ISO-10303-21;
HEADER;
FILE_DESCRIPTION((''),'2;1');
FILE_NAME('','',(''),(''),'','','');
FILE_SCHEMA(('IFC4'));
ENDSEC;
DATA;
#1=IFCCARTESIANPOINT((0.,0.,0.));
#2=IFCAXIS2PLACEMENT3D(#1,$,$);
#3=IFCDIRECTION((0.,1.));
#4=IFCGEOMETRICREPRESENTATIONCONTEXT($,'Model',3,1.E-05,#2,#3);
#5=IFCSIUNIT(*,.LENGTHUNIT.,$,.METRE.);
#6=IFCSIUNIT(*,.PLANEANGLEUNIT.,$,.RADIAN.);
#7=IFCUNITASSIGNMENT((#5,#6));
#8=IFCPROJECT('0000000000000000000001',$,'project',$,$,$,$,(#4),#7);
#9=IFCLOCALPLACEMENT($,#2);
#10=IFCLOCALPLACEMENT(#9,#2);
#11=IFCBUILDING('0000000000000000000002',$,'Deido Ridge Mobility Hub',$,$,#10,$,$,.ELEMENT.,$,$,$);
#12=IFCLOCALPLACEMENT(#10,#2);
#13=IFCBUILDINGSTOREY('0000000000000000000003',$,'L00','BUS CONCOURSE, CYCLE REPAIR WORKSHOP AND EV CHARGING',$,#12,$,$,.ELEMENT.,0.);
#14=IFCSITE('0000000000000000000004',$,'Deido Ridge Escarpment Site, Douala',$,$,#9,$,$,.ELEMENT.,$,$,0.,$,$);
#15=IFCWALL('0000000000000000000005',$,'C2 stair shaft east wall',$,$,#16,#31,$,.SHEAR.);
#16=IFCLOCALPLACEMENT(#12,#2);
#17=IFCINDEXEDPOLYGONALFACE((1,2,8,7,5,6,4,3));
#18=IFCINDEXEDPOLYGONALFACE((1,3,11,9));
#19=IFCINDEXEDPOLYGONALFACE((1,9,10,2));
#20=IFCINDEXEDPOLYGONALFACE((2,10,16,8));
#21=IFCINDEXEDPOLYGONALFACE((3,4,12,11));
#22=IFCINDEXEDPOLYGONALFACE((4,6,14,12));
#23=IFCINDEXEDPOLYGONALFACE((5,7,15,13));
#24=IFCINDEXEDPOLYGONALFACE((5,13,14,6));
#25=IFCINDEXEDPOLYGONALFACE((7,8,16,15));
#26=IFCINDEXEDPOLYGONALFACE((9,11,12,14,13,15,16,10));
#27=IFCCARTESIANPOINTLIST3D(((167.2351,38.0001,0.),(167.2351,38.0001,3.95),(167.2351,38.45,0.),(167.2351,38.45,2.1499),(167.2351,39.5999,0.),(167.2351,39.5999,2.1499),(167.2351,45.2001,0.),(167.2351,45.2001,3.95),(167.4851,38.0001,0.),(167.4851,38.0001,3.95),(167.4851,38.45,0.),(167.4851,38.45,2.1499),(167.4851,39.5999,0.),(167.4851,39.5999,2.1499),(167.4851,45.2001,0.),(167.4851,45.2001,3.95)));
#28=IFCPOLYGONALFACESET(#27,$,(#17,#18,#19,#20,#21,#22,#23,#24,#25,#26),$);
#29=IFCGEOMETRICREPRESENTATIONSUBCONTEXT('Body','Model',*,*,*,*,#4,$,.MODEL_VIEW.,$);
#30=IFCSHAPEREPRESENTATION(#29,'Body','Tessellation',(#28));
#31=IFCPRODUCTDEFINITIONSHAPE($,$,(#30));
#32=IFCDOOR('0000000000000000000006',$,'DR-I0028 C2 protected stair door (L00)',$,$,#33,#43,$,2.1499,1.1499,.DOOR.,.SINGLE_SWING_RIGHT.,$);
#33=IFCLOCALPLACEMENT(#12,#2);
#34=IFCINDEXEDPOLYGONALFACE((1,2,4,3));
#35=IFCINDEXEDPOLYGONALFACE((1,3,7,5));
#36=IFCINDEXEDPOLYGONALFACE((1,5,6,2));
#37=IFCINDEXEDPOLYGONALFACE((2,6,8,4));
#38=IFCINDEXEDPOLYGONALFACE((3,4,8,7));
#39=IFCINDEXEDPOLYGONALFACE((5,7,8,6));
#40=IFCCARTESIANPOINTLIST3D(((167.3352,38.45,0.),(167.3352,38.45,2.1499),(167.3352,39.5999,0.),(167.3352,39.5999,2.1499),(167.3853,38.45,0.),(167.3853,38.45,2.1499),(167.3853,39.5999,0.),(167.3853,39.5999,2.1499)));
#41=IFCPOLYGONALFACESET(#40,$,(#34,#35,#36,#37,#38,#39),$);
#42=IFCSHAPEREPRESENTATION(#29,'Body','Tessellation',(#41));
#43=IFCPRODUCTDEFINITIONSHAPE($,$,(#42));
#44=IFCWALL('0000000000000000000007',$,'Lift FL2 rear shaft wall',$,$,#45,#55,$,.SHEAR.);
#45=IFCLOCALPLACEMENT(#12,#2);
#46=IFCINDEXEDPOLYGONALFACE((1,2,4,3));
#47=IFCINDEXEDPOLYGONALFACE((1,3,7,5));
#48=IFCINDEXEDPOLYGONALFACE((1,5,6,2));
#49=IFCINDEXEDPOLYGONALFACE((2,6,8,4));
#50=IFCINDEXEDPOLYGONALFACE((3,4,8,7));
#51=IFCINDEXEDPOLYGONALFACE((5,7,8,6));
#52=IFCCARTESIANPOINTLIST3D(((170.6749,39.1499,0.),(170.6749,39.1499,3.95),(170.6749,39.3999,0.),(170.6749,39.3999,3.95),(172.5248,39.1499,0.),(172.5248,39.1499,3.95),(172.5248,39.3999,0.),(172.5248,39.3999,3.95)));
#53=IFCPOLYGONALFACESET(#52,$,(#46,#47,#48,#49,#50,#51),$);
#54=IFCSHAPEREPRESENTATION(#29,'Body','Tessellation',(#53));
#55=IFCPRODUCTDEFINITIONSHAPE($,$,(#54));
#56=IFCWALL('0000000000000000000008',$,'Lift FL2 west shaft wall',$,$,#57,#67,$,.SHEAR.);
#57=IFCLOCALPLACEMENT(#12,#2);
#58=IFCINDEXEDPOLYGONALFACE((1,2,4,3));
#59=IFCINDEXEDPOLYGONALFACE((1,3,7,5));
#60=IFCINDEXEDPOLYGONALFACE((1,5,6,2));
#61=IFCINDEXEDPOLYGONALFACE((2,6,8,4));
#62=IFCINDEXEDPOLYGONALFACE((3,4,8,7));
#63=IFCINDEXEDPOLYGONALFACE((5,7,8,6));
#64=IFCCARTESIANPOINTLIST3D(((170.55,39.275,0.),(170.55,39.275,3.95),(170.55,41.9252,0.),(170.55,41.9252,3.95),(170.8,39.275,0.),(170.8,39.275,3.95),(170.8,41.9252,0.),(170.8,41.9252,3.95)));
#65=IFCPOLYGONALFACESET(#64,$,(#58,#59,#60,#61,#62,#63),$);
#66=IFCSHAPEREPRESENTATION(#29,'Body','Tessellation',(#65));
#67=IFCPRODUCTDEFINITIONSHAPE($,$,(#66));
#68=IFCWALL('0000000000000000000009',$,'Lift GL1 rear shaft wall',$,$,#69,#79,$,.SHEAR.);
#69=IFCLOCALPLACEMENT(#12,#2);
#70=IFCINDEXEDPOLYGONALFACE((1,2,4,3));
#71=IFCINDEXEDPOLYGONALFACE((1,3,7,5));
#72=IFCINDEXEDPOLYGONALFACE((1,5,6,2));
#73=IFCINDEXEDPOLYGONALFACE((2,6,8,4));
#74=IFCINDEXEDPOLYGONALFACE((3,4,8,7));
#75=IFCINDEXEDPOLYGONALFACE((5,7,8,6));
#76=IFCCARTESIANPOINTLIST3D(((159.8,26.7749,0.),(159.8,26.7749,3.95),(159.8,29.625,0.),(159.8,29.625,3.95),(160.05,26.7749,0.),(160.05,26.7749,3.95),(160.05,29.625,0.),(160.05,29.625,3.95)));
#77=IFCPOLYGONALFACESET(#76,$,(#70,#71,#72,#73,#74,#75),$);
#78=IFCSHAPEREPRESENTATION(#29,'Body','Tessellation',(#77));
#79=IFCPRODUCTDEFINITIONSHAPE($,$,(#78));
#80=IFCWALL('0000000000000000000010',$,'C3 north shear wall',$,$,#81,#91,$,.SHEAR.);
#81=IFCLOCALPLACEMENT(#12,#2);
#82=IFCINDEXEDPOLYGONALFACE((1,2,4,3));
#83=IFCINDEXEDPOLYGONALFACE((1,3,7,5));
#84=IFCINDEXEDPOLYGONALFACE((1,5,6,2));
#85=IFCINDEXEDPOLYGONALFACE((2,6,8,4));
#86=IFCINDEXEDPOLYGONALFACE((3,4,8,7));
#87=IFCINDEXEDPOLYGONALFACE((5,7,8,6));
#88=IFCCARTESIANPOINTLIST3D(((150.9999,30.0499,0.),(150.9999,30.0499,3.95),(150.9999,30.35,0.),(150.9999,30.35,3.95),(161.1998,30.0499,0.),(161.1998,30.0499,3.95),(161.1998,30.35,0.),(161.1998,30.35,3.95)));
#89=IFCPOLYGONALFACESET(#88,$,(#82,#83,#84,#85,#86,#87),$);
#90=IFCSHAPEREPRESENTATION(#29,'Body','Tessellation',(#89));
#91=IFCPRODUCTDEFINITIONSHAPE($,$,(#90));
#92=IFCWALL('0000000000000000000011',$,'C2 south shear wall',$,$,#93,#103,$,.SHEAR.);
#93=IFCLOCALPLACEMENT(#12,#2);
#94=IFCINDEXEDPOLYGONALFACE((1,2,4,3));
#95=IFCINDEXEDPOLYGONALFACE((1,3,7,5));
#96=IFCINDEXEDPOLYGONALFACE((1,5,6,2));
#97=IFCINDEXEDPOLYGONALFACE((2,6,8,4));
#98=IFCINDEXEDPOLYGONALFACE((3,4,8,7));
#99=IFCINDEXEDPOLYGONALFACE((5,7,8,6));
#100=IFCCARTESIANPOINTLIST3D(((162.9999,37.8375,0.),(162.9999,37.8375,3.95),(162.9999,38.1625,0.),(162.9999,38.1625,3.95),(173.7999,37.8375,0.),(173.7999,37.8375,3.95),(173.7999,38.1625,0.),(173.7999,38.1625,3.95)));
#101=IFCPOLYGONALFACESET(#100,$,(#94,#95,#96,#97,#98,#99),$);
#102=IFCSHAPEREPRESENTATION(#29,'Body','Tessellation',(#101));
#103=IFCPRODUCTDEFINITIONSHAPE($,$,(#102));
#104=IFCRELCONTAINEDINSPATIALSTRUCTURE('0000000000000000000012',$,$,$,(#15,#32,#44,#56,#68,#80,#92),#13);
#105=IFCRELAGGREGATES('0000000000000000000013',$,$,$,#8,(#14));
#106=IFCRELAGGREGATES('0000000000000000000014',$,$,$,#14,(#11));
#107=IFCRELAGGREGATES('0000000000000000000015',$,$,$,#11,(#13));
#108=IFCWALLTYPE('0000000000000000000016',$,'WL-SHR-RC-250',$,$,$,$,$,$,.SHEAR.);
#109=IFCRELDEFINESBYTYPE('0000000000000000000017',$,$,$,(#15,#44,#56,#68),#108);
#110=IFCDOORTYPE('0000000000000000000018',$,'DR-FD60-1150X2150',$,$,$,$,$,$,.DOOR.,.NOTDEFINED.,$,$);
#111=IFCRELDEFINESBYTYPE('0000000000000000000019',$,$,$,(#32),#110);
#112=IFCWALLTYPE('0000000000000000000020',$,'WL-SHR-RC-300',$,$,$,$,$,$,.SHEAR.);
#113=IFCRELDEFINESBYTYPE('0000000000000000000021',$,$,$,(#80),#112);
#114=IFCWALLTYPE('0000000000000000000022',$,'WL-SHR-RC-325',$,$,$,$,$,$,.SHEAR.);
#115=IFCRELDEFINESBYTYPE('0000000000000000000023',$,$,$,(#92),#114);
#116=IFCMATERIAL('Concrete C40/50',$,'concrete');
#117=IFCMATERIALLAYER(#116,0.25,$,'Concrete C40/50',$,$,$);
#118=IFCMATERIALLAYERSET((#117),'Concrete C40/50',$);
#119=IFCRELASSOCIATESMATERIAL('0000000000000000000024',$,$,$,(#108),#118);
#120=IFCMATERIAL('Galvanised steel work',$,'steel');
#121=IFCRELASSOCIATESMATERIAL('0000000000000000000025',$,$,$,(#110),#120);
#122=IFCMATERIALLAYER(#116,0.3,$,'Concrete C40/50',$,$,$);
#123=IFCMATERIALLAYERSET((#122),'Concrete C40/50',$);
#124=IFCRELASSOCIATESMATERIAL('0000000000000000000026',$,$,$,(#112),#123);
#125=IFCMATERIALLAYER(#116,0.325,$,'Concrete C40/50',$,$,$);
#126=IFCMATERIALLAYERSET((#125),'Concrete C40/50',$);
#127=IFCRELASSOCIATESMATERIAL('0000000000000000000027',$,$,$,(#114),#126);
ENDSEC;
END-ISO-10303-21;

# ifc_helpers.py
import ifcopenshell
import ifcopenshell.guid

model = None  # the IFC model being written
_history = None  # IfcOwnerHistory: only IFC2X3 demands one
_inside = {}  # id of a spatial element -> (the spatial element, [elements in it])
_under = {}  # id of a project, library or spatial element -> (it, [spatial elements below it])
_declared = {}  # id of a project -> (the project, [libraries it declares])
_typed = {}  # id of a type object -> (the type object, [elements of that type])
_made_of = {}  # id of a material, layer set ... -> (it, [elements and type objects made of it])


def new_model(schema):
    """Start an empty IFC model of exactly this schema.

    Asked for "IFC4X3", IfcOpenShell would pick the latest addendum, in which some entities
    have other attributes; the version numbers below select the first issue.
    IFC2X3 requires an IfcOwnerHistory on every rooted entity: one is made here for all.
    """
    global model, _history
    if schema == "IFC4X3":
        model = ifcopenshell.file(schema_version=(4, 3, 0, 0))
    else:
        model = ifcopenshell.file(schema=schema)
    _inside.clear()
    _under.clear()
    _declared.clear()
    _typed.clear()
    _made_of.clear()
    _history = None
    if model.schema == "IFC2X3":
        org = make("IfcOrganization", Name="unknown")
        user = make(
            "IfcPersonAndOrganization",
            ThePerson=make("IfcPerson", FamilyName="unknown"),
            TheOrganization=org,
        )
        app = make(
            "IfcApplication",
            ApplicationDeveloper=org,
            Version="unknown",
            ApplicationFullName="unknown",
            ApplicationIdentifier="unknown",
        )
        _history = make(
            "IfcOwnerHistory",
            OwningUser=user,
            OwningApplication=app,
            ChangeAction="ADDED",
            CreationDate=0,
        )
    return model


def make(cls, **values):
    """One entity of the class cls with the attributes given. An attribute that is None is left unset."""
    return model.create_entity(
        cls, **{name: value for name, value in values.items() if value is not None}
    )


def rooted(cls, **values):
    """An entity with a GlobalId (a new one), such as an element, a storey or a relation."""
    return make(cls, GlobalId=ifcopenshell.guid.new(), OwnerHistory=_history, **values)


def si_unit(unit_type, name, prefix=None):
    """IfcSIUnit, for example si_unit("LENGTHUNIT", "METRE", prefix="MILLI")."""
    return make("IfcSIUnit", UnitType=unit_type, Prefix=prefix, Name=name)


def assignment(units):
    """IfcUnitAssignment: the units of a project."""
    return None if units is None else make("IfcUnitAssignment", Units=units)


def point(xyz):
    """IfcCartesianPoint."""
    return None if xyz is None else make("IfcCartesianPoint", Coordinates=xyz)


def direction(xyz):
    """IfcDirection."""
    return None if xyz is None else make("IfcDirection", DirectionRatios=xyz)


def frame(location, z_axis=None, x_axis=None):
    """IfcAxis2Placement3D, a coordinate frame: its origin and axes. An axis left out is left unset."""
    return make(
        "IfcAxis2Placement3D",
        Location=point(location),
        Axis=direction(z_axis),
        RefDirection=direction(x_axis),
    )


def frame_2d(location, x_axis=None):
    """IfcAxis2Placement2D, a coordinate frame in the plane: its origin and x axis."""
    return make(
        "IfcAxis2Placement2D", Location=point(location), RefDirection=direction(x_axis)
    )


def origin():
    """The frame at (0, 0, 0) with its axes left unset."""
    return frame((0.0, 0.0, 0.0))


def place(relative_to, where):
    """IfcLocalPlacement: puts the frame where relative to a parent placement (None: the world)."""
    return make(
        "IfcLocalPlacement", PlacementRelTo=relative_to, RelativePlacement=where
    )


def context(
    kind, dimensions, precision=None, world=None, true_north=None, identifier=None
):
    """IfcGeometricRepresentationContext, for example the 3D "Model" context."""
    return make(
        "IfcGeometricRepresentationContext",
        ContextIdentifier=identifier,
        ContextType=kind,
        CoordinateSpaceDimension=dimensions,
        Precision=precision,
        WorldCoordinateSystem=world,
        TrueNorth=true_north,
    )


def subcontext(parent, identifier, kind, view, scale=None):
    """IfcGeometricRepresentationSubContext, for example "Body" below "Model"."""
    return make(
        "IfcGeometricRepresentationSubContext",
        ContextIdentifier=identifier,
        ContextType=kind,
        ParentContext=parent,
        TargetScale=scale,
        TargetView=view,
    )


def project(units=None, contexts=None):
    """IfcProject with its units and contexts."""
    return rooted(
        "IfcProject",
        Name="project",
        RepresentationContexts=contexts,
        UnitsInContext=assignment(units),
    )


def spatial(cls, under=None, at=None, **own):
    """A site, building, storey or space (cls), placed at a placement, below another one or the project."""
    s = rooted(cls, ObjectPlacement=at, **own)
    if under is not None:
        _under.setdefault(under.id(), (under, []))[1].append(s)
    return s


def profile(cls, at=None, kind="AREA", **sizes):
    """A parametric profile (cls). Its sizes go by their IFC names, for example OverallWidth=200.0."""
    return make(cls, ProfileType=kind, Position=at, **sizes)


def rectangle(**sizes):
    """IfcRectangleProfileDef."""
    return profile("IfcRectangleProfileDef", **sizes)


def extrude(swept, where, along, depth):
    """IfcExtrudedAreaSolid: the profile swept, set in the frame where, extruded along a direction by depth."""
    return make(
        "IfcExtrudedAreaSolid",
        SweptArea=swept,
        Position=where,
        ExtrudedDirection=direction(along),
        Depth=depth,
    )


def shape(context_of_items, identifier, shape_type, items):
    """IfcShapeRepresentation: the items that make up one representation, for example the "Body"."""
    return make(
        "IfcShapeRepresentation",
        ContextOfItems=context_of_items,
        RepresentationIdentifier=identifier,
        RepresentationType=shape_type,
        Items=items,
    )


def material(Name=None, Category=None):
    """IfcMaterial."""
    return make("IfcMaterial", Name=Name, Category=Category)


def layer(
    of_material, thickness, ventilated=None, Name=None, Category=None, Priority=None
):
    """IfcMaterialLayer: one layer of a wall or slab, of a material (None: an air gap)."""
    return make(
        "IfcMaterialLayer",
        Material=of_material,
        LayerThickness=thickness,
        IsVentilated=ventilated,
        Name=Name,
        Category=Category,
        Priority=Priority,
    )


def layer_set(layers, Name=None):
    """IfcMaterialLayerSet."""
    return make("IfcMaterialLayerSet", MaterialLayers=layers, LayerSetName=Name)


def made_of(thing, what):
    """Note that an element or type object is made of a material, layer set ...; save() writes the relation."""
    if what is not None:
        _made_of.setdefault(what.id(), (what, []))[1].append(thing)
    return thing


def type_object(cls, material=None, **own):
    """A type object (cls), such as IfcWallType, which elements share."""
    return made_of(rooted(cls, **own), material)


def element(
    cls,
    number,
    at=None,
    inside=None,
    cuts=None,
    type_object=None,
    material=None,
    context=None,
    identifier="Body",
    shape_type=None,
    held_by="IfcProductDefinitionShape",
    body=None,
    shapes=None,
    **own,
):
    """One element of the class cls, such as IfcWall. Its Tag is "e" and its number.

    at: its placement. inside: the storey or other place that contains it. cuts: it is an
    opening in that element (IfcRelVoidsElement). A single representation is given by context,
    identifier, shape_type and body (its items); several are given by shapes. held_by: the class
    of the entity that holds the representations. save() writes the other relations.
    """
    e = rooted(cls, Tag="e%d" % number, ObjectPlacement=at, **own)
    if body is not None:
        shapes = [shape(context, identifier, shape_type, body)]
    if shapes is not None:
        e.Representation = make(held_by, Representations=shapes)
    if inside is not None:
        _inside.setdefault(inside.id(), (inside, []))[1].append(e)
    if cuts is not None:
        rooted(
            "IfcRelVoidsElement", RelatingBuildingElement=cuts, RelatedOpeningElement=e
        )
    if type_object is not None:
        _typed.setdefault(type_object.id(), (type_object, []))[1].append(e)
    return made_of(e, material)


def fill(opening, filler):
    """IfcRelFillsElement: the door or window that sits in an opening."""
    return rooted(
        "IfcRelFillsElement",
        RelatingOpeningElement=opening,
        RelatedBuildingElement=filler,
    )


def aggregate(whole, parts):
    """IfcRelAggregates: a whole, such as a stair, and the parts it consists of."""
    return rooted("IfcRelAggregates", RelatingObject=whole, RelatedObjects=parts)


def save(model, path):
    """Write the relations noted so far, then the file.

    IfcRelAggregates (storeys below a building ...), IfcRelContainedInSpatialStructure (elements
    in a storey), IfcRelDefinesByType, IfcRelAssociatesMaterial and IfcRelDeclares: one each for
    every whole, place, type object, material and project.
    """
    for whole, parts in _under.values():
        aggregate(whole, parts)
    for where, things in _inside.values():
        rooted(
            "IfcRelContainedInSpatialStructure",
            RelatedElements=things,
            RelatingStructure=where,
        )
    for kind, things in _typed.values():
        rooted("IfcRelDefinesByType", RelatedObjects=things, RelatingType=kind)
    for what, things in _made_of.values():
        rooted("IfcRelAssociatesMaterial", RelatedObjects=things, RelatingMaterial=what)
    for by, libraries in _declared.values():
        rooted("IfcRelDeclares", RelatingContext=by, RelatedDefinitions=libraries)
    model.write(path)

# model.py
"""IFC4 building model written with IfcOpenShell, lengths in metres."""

from ifc_helpers import new_model, si_unit, direction, frame, frame_2d, origin, place, context, subcontext, project, spatial, rectangle, extrude, material, layer, layer_set, type_object, element, fill, save


model = new_model("IFC4")

# Units and contexts
model_context = context("Model", 3, precision=1e-05, world=origin(), true_north=direction((0.0, 1.0)))
body_context = subcontext(model_context, "Body", "Model", "MODEL_VIEW")
ifc_project = project(units=[si_unit("LENGTHUNIT", "METRE"), si_unit("PLANEANGLEUNIT", "RADIAN")], contexts=[model_context])

# Site, building, storey
site_placement = place(None, origin())
site = spatial("IfcSite", under=ifc_project, at=site_placement, Name="Deido Ridge Escarpment Site, Douala", CompositionType="ELEMENT", RefElevation=0.0)
building_placement = place(site_placement, origin())
building = spatial("IfcBuilding", under=site, at=building_placement, Name="Deido Ridge Mobility Hub", CompositionType="ELEMENT")
storey_placement = place(building_placement, origin())
storey = spatial("IfcBuildingStorey", under=building, at=storey_placement, Name="L00", Description="BUS CONCOURSE, CYCLE REPAIR WORKSHOP AND EV CHARGING", CompositionType="ELEMENT", Elevation=0.0)

# Wall, opening, door
ifc_material_1 = material(Name="Concrete C40/50", Category="concrete")
ifc_layer_1 = layer(ifc_material_1, 0.25, Name="Concrete C40/50")
ifc_layer_set_1 = layer_set([ifc_layer_1], Name="Concrete C40/50")
wall_type_1 = type_object("IfcWallType", Name="WL-SHR-RC-250", PredefinedType="SHEAR", material=ifc_layer_set_1)
wall_1_placement = place(storey_placement, frame((167.3601, 38.0, 0.0), z_axis=(0.0, 0.0, 1.0), x_axis=(0.0, 1.0, 0.0)))
wall_1 = element("IfcWall", 1, at=wall_1_placement, inside=storey, type_object=wall_type_1, Name="C2 stair shaft east wall", PredefinedType="SHEAR", context=body_context, shape_type="SweptSolid", body=[
    extrude(rectangle(XDim=7.2, YDim=0.25, at=frame_2d((3.6001, 0.0))), origin(), (0.0, 0.0, 1.0), 3.95),
])
opening_placement = place(wall_1_placement, frame((0.45, 0.0, 0.0)))
opening = element("IfcOpeningElement", 2, at=opening_placement, cuts=wall_1, PredefinedType="OPENING", context=body_context, shape_type="SweptSolid", body=[
    extrude(rectangle(XDim=1.1499, YDim=2.1499, at=frame_2d((0.575, 1.075))), frame((0.0, 0.135, 0.0), z_axis=(0.0, -1.0, 0.0), x_axis=(1.0, 0.0, 0.0)), (0.0, 0.0, 1.0), 0.27),
])
ifc_material_2 = material(Name="Galvanised steel work", Category="steel")
door_type = type_object("IfcDoorType", Name="DR-FD60-1150X2150", OperationType="NOTDEFINED", PredefinedType="DOOR", material=ifc_material_2)
door_placement = place(opening_placement, origin())
door = element("IfcDoor", 3, at=door_placement, inside=storey, type_object=door_type, Name="DR-I0028 C2 protected stair door (L00)", OperationType="SINGLE_SWING_RIGHT", OverallHeight=2.1499, OverallWidth=1.1499, PredefinedType="DOOR", context=body_context, shape_type="SweptSolid", body=[
    extrude(rectangle(XDim=1.1499, YDim=2.1499, at=frame_2d((0.575, 1.075))), frame((0.0, 0.0249, 0.0), z_axis=(0.0, -1.0, 0.0), x_axis=(1.0, 0.0, 0.0)), (0.0, 0.0, 1.0), 0.05),
])
fill(opening, door)

# Walls
wall_2_placement = place(storey_placement, frame((170.675, 39.2749, 0.0), z_axis=(0.0, 0.0, 1.0), x_axis=(1.0, 0.0, 0.0)))
element("IfcWall", 4, at=wall_2_placement, inside=storey, type_object=wall_type_1, Name="Lift FL2 rear shaft wall", PredefinedType="SHEAR", context=body_context, shape_type="SweptSolid", body=[
    extrude(rectangle(XDim=1.8499, YDim=0.25, at=frame_2d((0.9248, 0.0))), origin(), (0.0, 0.0, 1.0), 3.95),
])
wall_3_placement = place(storey_placement, frame((170.675, 39.2749, 0.0), z_axis=(0.0, 0.0, 1.0), x_axis=(0.0, 1.0, 0.0)))
element("IfcWall", 5, at=wall_3_placement, inside=storey, type_object=wall_type_1, Name="Lift FL2 west shaft wall", PredefinedType="SHEAR", context=body_context, shape_type="SweptSolid", body=[
    extrude(rectangle(XDim=2.6501, YDim=0.25, at=frame_2d((1.3252, 0.0))), origin(), (0.0, 0.0, 1.0), 3.95),
])
wall_4_placement = place(storey_placement, frame((159.925, 26.7749, 0.0), z_axis=(0.0, 0.0, 1.0), x_axis=(0.0, 1.0, 0.0)))
element("IfcWall", 6, at=wall_4_placement, inside=storey, type_object=wall_type_1, Name="Lift GL1 rear shaft wall", PredefinedType="SHEAR", context=body_context, shape_type="SweptSolid", body=[
    extrude(rectangle(XDim=2.8501, YDim=0.25, at=frame_2d((1.425, 0.0))), origin(), (0.0, 0.0, 1.0), 3.95),
])
ifc_layer_2 = layer(ifc_material_1, 0.3, Name="Concrete C40/50")
ifc_layer_set_2 = layer_set([ifc_layer_2], Name="Concrete C40/50")
wall_type_2 = type_object("IfcWallType", Name="WL-SHR-RC-300", PredefinedType="SHEAR", material=ifc_layer_set_2)
wall_5_placement = place(storey_placement, frame((161.2, 30.2, 0.0), z_axis=(0.0, 0.0, 1.0), x_axis=(-1.0, 0.0, 0.0)))
element("IfcWall", 7, at=wall_5_placement, inside=storey, type_object=wall_type_2, Name="C3 north shear wall", PredefinedType="SHEAR", context=body_context, shape_type="SweptSolid", body=[
    extrude(rectangle(XDim=10.2, YDim=0.3, at=frame_2d((5.1001, 0.0))), origin(), (0.0, 0.0, 1.0), 3.95),
])
ifc_layer_3 = layer(ifc_material_1, 0.325, Name="Concrete C40/50")
ifc_layer_set_3 = layer_set([ifc_layer_3], Name="Concrete C40/50")
wall_type_3 = type_object("IfcWallType", Name="WL-SHR-RC-325", PredefinedType="SHEAR", material=ifc_layer_set_3)
wall_6_placement = place(storey_placement, frame((163.0, 38.0, 0.0), z_axis=(0.0, 0.0, 1.0), x_axis=(1.0, 0.0, 0.0)))
element("IfcWall", 8, at=wall_6_placement, inside=storey, type_object=wall_type_3, Name="C2 south shear wall", PredefinedType="SHEAR", context=body_context, shape_type="SweptSolid", body=[
    extrude(rectangle(XDim=10.8, YDim=0.325, at=frame_2d((5.3999, 0.0))), origin(), (0.0, 0.0, 1.0), 3.95),
])

save(model, "model.ifc")
